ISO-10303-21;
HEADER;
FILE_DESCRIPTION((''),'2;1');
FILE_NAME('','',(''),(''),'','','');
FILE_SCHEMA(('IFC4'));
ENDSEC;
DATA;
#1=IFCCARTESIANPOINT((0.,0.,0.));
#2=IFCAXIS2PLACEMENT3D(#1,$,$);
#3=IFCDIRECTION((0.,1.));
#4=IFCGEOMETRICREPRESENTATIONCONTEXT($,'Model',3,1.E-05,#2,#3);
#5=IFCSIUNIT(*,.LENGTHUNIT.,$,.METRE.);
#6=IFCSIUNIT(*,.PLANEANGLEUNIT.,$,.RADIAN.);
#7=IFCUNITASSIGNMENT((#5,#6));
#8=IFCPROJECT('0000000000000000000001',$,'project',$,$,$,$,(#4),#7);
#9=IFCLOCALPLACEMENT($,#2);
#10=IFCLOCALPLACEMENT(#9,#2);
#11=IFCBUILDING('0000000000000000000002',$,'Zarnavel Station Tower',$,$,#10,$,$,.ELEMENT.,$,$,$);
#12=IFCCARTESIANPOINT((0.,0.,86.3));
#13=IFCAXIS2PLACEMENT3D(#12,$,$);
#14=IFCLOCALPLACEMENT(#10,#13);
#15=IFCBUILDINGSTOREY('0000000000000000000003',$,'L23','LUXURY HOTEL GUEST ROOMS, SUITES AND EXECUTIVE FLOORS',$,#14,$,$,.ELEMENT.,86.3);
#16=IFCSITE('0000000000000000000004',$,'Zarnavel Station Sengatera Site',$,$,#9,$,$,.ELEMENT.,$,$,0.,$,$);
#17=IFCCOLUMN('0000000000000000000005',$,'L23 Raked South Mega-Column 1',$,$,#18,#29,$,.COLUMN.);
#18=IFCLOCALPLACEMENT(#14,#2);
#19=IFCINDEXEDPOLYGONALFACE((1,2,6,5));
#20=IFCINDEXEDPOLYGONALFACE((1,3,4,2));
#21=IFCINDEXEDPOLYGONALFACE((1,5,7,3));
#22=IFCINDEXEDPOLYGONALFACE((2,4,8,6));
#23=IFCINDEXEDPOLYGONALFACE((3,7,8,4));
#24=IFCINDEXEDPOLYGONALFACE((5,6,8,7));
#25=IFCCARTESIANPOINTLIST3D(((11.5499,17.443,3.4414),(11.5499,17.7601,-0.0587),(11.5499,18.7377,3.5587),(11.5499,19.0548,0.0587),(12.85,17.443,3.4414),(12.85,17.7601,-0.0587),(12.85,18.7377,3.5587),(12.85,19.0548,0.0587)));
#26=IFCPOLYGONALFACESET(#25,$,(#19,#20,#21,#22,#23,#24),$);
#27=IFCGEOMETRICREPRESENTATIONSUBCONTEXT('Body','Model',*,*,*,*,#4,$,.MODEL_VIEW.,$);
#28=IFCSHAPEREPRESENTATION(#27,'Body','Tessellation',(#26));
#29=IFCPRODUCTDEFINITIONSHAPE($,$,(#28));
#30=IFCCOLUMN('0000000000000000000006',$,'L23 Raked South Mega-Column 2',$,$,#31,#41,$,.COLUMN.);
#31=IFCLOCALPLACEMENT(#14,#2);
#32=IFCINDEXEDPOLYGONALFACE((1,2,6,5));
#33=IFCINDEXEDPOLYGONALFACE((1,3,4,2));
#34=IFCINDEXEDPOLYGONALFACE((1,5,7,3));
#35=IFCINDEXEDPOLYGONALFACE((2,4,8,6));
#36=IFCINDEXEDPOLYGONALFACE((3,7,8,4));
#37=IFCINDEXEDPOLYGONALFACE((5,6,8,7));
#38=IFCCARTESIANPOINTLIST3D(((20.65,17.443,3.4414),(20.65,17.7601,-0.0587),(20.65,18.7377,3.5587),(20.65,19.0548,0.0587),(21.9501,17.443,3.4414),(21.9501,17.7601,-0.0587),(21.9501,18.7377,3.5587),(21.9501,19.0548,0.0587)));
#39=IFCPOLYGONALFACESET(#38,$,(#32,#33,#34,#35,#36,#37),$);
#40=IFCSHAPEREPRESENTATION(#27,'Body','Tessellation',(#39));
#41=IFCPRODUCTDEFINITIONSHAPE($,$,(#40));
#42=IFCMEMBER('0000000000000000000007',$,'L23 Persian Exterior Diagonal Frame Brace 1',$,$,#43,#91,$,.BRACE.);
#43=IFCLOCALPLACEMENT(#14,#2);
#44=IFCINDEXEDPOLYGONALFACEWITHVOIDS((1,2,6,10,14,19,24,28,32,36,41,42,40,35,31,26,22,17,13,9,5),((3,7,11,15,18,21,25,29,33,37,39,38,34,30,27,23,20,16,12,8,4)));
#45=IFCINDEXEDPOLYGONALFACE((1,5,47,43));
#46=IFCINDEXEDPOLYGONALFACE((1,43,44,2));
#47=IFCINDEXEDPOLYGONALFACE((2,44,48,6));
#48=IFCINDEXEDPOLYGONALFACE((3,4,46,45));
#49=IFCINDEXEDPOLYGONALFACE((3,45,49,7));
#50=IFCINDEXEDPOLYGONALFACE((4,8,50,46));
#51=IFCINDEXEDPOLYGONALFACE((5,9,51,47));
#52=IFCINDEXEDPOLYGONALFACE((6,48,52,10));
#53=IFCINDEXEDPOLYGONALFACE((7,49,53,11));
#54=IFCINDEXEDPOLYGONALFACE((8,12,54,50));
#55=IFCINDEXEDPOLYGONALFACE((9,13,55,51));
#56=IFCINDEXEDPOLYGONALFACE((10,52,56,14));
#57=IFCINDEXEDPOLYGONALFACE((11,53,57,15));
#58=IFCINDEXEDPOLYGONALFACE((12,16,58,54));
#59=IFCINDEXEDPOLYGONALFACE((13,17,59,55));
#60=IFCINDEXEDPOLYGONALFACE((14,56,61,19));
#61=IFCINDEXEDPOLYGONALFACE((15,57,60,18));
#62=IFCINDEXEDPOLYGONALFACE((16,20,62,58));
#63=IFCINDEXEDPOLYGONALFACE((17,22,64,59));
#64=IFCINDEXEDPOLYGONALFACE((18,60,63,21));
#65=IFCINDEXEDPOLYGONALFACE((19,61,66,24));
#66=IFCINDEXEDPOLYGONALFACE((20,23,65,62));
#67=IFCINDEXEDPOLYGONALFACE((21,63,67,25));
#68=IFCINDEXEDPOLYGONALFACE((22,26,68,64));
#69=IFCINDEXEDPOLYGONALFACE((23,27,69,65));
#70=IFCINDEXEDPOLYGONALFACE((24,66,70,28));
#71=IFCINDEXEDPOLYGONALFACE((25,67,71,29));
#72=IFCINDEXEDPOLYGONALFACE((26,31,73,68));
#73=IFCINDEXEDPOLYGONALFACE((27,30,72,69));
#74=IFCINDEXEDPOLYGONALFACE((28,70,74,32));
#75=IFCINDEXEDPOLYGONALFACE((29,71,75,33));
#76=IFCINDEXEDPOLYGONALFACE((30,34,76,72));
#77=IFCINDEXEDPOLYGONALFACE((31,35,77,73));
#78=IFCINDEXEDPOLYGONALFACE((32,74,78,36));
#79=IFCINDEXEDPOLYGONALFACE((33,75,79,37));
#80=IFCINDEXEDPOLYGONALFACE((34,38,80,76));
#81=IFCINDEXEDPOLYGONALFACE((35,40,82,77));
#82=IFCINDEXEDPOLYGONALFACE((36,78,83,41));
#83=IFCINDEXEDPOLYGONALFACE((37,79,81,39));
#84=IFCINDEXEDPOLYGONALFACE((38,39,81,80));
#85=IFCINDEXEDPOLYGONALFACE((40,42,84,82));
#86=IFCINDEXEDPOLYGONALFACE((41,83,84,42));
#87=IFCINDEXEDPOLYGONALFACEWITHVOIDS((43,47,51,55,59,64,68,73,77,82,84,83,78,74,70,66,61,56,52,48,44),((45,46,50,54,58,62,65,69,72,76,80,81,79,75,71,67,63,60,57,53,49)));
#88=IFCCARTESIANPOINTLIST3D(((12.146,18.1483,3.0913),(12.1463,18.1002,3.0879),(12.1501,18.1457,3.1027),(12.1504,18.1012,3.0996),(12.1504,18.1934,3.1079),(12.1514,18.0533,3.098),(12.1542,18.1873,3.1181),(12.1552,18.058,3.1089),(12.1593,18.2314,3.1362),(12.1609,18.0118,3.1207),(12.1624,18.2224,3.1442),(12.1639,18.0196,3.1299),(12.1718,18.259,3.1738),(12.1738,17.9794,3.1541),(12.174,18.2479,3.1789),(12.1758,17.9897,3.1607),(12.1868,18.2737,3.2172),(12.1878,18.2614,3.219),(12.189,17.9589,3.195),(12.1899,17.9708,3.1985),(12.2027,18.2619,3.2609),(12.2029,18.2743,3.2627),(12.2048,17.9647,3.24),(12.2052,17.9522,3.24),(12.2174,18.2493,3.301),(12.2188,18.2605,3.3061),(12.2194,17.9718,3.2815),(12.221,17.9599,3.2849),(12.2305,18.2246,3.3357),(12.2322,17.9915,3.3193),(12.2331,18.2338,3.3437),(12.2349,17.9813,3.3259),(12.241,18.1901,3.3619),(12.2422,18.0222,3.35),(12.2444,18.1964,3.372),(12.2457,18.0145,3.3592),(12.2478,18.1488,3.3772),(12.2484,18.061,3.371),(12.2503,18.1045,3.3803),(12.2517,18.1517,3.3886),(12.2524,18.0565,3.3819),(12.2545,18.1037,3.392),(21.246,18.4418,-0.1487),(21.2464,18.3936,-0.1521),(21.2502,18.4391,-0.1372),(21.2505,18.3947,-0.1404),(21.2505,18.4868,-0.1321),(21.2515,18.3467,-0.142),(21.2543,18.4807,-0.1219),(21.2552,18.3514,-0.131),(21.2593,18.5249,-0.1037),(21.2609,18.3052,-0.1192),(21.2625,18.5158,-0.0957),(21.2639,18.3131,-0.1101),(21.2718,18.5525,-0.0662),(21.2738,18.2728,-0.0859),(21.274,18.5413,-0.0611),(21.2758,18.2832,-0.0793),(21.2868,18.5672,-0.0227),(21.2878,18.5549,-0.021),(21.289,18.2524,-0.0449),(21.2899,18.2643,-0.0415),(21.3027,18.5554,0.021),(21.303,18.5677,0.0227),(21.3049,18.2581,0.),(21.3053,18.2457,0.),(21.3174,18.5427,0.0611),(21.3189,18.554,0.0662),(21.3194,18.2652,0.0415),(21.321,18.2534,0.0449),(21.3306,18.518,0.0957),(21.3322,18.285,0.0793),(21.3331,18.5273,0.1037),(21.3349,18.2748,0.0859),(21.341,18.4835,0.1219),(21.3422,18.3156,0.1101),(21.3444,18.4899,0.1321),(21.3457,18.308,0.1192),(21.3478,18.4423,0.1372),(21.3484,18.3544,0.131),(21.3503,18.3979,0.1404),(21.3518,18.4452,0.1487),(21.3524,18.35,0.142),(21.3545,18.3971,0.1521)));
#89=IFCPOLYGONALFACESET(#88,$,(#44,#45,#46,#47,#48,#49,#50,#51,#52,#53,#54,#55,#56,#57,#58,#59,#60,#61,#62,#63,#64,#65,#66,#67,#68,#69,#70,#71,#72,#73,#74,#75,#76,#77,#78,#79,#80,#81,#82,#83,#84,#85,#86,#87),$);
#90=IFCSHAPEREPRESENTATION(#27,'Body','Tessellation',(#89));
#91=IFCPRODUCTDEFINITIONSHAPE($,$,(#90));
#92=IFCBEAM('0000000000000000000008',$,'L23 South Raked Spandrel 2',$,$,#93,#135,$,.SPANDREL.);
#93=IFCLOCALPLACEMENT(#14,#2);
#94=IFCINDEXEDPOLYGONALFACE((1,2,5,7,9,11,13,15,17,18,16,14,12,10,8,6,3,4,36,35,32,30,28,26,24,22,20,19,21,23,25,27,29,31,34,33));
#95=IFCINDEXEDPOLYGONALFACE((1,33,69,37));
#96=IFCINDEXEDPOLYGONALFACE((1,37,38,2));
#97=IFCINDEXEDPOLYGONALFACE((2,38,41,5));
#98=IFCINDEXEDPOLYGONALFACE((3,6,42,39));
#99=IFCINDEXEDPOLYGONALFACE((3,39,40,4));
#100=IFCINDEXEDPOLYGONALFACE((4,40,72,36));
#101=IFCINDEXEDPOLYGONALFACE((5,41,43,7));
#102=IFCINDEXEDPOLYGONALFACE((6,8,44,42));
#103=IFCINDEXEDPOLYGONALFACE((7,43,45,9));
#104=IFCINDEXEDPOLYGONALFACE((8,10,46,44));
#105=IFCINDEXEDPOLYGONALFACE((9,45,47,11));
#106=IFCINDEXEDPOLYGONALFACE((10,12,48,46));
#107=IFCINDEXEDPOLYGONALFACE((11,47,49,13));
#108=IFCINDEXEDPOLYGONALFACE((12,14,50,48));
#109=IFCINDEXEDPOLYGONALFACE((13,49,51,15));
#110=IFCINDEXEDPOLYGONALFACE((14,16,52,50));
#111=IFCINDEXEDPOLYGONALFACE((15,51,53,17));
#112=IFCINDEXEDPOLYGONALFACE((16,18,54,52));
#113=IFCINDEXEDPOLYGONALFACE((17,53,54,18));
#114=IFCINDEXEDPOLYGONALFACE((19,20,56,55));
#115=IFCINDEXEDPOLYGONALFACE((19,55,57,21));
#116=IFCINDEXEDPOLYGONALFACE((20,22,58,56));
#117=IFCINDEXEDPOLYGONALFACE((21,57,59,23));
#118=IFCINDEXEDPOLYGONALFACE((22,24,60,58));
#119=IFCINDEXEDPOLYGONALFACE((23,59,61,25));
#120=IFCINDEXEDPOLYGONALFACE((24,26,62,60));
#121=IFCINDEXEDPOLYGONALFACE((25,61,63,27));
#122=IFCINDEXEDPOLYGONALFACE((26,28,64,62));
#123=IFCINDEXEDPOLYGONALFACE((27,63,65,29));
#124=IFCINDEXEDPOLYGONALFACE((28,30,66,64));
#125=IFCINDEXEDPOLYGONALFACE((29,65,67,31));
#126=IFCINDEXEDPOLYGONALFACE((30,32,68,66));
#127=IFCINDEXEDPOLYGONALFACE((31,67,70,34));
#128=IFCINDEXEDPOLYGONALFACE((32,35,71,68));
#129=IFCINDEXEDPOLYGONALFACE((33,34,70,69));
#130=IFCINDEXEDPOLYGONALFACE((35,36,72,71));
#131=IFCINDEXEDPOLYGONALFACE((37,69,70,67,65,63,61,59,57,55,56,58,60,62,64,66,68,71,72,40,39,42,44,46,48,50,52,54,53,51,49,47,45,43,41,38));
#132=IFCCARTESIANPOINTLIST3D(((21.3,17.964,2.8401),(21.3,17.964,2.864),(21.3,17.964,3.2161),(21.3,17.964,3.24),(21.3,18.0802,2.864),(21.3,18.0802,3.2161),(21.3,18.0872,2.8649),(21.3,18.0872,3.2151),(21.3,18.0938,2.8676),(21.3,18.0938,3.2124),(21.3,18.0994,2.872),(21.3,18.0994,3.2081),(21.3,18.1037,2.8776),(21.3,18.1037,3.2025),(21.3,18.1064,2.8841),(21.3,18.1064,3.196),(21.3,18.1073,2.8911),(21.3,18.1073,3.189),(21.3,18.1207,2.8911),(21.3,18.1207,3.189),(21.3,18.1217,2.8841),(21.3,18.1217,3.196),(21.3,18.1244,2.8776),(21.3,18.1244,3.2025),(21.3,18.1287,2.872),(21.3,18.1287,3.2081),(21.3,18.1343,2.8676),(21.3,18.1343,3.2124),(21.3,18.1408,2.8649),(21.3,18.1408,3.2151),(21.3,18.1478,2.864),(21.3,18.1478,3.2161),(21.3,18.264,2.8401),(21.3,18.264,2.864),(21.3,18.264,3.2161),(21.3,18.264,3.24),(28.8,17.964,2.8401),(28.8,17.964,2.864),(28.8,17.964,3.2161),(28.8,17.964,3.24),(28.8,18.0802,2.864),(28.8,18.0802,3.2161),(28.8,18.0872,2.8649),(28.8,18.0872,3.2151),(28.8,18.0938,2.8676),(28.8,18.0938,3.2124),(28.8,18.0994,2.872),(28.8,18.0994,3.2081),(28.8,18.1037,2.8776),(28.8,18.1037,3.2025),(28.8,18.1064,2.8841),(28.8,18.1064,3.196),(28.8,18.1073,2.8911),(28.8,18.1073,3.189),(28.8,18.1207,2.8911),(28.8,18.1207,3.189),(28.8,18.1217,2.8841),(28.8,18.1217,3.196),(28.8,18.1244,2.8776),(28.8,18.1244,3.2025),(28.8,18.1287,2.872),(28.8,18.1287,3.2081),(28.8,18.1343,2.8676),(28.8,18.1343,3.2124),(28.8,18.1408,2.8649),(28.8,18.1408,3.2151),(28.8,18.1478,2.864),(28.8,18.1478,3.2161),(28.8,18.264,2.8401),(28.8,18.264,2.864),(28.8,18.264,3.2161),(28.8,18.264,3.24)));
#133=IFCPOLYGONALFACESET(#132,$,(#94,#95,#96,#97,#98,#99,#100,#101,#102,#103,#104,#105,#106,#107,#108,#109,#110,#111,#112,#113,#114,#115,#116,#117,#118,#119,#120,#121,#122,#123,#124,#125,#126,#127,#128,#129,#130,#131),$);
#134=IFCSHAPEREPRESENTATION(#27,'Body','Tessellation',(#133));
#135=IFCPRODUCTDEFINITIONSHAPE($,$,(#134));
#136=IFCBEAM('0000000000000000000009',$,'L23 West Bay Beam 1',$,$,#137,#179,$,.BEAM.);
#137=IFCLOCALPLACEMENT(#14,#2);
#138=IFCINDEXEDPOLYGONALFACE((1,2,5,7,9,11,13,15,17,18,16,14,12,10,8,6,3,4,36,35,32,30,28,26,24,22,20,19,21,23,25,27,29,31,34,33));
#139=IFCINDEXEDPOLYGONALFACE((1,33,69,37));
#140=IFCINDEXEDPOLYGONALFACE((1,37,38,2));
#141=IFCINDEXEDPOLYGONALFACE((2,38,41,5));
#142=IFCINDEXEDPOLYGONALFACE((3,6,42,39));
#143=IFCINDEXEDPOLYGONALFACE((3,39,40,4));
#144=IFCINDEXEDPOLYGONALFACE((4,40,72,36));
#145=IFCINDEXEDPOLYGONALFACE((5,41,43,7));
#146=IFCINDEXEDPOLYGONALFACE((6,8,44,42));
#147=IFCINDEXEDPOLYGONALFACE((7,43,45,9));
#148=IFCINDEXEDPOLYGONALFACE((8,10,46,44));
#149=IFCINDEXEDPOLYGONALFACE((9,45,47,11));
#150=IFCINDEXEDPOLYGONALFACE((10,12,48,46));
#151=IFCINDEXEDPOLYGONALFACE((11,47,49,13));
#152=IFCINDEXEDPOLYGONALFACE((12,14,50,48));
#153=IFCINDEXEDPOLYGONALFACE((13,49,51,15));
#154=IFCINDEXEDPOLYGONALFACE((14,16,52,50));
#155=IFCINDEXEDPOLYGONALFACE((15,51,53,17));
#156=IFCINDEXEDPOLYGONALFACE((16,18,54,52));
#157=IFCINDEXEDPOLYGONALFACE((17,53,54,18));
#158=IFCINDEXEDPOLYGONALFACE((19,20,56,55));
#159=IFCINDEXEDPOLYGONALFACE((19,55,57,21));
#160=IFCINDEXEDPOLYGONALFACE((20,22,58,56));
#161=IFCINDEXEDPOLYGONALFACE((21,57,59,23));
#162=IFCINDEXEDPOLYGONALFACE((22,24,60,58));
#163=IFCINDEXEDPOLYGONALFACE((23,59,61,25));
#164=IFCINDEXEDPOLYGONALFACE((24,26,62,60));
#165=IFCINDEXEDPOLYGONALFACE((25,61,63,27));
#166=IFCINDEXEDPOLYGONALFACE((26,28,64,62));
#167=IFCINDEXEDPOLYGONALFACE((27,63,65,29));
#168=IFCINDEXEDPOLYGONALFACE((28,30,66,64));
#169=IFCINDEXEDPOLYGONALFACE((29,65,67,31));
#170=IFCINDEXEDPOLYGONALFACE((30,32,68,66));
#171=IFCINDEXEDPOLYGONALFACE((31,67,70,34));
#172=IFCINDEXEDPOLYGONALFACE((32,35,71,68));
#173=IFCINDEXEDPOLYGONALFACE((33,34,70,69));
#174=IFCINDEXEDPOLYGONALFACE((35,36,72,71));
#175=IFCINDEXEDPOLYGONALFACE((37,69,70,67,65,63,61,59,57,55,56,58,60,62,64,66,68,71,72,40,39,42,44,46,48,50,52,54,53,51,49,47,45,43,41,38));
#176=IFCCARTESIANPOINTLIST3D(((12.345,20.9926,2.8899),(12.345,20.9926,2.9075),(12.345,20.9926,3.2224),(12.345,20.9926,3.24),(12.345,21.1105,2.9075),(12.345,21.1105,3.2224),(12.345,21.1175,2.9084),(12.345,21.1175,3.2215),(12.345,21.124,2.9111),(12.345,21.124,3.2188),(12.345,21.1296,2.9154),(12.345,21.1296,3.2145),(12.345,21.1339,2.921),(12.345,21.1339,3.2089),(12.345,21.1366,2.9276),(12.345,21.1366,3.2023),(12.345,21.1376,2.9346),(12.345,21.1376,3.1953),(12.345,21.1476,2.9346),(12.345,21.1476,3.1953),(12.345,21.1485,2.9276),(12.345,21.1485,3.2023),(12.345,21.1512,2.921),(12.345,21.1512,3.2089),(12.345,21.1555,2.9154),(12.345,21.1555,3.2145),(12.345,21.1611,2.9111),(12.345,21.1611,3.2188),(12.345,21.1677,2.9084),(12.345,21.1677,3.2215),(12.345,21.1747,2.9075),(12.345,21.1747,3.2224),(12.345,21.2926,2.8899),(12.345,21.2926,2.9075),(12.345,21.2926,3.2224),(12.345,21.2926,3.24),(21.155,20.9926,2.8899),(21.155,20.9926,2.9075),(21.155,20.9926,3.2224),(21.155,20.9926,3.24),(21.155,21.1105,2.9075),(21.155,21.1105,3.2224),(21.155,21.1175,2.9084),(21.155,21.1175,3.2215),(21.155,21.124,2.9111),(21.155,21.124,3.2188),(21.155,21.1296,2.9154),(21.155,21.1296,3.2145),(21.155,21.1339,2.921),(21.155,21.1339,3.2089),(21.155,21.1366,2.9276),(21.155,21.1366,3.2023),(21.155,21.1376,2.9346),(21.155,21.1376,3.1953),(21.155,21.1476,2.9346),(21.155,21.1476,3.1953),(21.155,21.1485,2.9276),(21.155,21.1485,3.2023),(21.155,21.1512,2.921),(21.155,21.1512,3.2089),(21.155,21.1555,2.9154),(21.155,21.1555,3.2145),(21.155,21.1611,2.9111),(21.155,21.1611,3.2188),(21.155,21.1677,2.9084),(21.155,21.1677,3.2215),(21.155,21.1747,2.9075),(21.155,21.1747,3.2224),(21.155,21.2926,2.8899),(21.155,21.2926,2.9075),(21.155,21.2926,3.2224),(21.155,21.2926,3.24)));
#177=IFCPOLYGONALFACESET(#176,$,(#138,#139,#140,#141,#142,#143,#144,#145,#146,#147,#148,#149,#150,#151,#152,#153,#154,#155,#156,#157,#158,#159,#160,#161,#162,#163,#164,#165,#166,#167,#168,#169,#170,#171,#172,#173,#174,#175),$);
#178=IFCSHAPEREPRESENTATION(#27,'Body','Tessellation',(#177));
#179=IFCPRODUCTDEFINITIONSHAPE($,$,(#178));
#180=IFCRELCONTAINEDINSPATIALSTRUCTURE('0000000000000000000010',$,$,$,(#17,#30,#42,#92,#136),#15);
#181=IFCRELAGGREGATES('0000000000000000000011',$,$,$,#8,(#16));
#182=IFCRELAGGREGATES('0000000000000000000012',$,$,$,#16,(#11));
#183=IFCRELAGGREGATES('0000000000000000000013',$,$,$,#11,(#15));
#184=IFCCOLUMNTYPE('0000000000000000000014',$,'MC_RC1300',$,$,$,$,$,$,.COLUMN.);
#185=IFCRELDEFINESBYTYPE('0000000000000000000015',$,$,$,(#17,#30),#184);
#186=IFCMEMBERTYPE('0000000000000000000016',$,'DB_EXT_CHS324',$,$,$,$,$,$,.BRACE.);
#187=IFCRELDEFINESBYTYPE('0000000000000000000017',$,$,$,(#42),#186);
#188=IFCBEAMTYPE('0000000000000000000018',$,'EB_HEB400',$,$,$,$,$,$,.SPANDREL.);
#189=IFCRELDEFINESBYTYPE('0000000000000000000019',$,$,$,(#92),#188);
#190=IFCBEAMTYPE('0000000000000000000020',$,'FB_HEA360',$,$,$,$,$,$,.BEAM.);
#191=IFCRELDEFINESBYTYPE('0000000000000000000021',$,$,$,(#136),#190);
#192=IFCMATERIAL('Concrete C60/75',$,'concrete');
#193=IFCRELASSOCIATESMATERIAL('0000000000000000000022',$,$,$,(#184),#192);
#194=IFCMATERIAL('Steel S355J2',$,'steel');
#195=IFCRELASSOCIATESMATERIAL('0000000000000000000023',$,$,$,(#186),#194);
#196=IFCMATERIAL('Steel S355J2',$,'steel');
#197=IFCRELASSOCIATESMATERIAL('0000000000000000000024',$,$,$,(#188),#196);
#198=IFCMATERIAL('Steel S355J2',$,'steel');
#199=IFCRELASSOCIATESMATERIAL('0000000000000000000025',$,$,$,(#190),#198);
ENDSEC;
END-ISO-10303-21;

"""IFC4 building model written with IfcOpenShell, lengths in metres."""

from ifc_helpers import new_model, si_unit, direction, frame, origin, origin_2d, place, context, subcontext, project, spatial, rectangle, hollow_circle, i_section, extrude, material, material_profile, profile_set, type_object, element, save


model = new_model("IFC4")

# Units and contexts
model_context = context("Model", 3, precision=1e-05, world=origin(), true_north=direction((0.0, 1.0)))
body_context = subcontext(model_context, "Body", "Model", "MODEL_VIEW")
ifc_project = project(units=[si_unit("LENGTHUNIT", "METRE"), si_unit("PLANEANGLEUNIT", "RADIAN")], contexts=[model_context])

# Site, building, storey
site_placement = place(None, origin())
site = spatial("IfcSite", under=ifc_project, at=site_placement, Name="Zarnavel Station Sengatera Site", CompositionType="ELEMENT", RefElevation=0.0)
building_placement = place(site_placement, origin())
building = spatial("IfcBuilding", under=site, at=building_placement, Name="Zarnavel Station Tower", CompositionType="ELEMENT")
storey_placement = place(building_placement, frame((0.0, 0.0, 86.3)))
storey = spatial("IfcBuildingStorey", under=building, at=storey_placement, Name="L23", Description="LUXURY HOTEL GUEST ROOMS, SUITES AND EXECUTIVE FLOORS", CompositionType="ELEMENT", Elevation=86.3)

# Columns
ifc_material_1 = material(Name="Concrete C60/75", Category="concrete")
ifc_material_profile_1 = material_profile(ifc_material_1, rectangle(XDim=1.3, YDim=1.3, at=origin_2d()), Name="RC1300x1300")
ifc_profile_set_1 = profile_set([ifc_material_profile_1], Name="Concrete C60/75")
column_type = type_object("IfcColumnType", Name="MC_RC1300", PredefinedType="COLUMN", material=ifc_profile_set_1)
for number, where, z_axis, x_axis, name in (
    (1, (12.2, 18.4075, 0.0), (0.0, -0.090241, 0.99592), (1.0, 0.0, 0.0), "L23 Raked South Mega-Column 1"),
    (2, (21.3, 18.4075, 0.0), (0.0, -0.090241, 0.99592), (1.0, 0.0, 0.0), "L23 Raked South Mega-Column 2"),
):
    element("IfcColumn", number, at=place(storey_placement, frame(where, z_axis=z_axis, x_axis=x_axis)), inside=storey, type_object=column_type, Name=name, PredefinedType="COLUMN", context=body_context, shape_type="SweptSolid", body=[
        extrude(rectangle(XDim=1.3, YDim=1.3, at=origin_2d()), origin(), (0.0, 0.0, 1.0), 3.5144),
    ])

# Member
ifc_material_2 = material(Name="Steel S355J2", Category="steel")
ifc_material_profile_2 = material_profile(ifc_material_2, hollow_circle(Radius=0.1619, WallThickness=0.0125, at=origin_2d()), Name="CHS323.9x12.5")
ifc_profile_set_2 = profile_set([ifc_material_profile_2], Name="Steel S355J2")
member_type = type_object("IfcMemberType", Name="DB_EXT_CHS324", PredefinedType="BRACE", material=ifc_profile_set_2)
member_placement = place(storey_placement, frame((21.3, 18.4075, 0.0), z_axis=(-0.941636, -0.030366, 0.335259), x_axis=(0.032231, -0.99948, 0.0)))
element("IfcMember", 3, at=member_placement, inside=storey, type_object=member_type, Name="L23 Persian Exterior Diagonal Frame Brace 1", PredefinedType="BRACE", context=body_context, shape_type="SweptSolid", body=[
    extrude(hollow_circle(Radius=0.1619, WallThickness=0.0125, at=origin_2d()), origin(), (0.0, 0.0, 1.0), 9.6641),
])

# Beams
ifc_material_3 = material(Name="Steel S355J2", Category="steel")
ifc_material_profile_3 = material_profile(ifc_material_3, i_section(OverallWidth=0.3, OverallDepth=0.3999, WebThickness=0.0134, FlangeThickness=0.0239, FilletRadius=0.0271, at=origin_2d()), Name="HEB400")
ifc_profile_set_3 = profile_set([ifc_material_profile_3], Name="Steel S355J2")
beam_type_1 = type_object("IfcBeamType", Name="EB_HEB400", PredefinedType="SPANDREL", material=ifc_profile_set_3)
beam_1_placement = place(storey_placement, frame((21.3, 18.114, 3.04), z_axis=(1.0, 0.0, 0.0), x_axis=(0.0, 1.0, 0.0)))
element("IfcBeam", 4, at=beam_1_placement, inside=storey, type_object=beam_type_1, Name="L23 South Raked Spandrel 2", PredefinedType="SPANDREL", context=body_context, shape_type="SweptSolid", body=[
    extrude(i_section(OverallWidth=0.3, OverallDepth=0.3999, WebThickness=0.0134, FlangeThickness=0.0239, FilletRadius=0.0271, at=origin_2d()), origin(), (0.0, 0.0, 1.0), 7.5),
])
ifc_material_4 = material(Name="Steel S355J2", Category="steel")
ifc_material_profile_4 = material_profile(ifc_material_4, i_section(OverallWidth=0.3, OverallDepth=0.3501, WebThickness=0.01, FlangeThickness=0.0176, FilletRadius=0.0271, at=origin_2d()), Name="HEA360")
ifc_profile_set_4 = profile_set([ifc_material_profile_4], Name="Steel S355J2")
beam_type_2 = type_object("IfcBeamType", Name="FB_HEA360", PredefinedType="BEAM", material=ifc_profile_set_4)
beam_2_placement = place(storey_placement, frame((12.345, 21.1426, 3.0649), z_axis=(1.0, 0.0, 0.0), x_axis=(0.0, 1.0, 0.0)))
element("IfcBeam", 5, at=beam_2_placement, inside=storey, type_object=beam_type_2, Name="L23 West Bay Beam 1", PredefinedType="BEAM", context=body_context, shape_type="SweptSolid", body=[
    extrude(i_section(OverallWidth=0.3, OverallDepth=0.3501, WebThickness=0.01, FlangeThickness=0.0176, FilletRadius=0.0271, at=origin_2d()), origin(), (0.0, 0.0, 1.0), 8.8101),
])

save(model, "model.ifc")
